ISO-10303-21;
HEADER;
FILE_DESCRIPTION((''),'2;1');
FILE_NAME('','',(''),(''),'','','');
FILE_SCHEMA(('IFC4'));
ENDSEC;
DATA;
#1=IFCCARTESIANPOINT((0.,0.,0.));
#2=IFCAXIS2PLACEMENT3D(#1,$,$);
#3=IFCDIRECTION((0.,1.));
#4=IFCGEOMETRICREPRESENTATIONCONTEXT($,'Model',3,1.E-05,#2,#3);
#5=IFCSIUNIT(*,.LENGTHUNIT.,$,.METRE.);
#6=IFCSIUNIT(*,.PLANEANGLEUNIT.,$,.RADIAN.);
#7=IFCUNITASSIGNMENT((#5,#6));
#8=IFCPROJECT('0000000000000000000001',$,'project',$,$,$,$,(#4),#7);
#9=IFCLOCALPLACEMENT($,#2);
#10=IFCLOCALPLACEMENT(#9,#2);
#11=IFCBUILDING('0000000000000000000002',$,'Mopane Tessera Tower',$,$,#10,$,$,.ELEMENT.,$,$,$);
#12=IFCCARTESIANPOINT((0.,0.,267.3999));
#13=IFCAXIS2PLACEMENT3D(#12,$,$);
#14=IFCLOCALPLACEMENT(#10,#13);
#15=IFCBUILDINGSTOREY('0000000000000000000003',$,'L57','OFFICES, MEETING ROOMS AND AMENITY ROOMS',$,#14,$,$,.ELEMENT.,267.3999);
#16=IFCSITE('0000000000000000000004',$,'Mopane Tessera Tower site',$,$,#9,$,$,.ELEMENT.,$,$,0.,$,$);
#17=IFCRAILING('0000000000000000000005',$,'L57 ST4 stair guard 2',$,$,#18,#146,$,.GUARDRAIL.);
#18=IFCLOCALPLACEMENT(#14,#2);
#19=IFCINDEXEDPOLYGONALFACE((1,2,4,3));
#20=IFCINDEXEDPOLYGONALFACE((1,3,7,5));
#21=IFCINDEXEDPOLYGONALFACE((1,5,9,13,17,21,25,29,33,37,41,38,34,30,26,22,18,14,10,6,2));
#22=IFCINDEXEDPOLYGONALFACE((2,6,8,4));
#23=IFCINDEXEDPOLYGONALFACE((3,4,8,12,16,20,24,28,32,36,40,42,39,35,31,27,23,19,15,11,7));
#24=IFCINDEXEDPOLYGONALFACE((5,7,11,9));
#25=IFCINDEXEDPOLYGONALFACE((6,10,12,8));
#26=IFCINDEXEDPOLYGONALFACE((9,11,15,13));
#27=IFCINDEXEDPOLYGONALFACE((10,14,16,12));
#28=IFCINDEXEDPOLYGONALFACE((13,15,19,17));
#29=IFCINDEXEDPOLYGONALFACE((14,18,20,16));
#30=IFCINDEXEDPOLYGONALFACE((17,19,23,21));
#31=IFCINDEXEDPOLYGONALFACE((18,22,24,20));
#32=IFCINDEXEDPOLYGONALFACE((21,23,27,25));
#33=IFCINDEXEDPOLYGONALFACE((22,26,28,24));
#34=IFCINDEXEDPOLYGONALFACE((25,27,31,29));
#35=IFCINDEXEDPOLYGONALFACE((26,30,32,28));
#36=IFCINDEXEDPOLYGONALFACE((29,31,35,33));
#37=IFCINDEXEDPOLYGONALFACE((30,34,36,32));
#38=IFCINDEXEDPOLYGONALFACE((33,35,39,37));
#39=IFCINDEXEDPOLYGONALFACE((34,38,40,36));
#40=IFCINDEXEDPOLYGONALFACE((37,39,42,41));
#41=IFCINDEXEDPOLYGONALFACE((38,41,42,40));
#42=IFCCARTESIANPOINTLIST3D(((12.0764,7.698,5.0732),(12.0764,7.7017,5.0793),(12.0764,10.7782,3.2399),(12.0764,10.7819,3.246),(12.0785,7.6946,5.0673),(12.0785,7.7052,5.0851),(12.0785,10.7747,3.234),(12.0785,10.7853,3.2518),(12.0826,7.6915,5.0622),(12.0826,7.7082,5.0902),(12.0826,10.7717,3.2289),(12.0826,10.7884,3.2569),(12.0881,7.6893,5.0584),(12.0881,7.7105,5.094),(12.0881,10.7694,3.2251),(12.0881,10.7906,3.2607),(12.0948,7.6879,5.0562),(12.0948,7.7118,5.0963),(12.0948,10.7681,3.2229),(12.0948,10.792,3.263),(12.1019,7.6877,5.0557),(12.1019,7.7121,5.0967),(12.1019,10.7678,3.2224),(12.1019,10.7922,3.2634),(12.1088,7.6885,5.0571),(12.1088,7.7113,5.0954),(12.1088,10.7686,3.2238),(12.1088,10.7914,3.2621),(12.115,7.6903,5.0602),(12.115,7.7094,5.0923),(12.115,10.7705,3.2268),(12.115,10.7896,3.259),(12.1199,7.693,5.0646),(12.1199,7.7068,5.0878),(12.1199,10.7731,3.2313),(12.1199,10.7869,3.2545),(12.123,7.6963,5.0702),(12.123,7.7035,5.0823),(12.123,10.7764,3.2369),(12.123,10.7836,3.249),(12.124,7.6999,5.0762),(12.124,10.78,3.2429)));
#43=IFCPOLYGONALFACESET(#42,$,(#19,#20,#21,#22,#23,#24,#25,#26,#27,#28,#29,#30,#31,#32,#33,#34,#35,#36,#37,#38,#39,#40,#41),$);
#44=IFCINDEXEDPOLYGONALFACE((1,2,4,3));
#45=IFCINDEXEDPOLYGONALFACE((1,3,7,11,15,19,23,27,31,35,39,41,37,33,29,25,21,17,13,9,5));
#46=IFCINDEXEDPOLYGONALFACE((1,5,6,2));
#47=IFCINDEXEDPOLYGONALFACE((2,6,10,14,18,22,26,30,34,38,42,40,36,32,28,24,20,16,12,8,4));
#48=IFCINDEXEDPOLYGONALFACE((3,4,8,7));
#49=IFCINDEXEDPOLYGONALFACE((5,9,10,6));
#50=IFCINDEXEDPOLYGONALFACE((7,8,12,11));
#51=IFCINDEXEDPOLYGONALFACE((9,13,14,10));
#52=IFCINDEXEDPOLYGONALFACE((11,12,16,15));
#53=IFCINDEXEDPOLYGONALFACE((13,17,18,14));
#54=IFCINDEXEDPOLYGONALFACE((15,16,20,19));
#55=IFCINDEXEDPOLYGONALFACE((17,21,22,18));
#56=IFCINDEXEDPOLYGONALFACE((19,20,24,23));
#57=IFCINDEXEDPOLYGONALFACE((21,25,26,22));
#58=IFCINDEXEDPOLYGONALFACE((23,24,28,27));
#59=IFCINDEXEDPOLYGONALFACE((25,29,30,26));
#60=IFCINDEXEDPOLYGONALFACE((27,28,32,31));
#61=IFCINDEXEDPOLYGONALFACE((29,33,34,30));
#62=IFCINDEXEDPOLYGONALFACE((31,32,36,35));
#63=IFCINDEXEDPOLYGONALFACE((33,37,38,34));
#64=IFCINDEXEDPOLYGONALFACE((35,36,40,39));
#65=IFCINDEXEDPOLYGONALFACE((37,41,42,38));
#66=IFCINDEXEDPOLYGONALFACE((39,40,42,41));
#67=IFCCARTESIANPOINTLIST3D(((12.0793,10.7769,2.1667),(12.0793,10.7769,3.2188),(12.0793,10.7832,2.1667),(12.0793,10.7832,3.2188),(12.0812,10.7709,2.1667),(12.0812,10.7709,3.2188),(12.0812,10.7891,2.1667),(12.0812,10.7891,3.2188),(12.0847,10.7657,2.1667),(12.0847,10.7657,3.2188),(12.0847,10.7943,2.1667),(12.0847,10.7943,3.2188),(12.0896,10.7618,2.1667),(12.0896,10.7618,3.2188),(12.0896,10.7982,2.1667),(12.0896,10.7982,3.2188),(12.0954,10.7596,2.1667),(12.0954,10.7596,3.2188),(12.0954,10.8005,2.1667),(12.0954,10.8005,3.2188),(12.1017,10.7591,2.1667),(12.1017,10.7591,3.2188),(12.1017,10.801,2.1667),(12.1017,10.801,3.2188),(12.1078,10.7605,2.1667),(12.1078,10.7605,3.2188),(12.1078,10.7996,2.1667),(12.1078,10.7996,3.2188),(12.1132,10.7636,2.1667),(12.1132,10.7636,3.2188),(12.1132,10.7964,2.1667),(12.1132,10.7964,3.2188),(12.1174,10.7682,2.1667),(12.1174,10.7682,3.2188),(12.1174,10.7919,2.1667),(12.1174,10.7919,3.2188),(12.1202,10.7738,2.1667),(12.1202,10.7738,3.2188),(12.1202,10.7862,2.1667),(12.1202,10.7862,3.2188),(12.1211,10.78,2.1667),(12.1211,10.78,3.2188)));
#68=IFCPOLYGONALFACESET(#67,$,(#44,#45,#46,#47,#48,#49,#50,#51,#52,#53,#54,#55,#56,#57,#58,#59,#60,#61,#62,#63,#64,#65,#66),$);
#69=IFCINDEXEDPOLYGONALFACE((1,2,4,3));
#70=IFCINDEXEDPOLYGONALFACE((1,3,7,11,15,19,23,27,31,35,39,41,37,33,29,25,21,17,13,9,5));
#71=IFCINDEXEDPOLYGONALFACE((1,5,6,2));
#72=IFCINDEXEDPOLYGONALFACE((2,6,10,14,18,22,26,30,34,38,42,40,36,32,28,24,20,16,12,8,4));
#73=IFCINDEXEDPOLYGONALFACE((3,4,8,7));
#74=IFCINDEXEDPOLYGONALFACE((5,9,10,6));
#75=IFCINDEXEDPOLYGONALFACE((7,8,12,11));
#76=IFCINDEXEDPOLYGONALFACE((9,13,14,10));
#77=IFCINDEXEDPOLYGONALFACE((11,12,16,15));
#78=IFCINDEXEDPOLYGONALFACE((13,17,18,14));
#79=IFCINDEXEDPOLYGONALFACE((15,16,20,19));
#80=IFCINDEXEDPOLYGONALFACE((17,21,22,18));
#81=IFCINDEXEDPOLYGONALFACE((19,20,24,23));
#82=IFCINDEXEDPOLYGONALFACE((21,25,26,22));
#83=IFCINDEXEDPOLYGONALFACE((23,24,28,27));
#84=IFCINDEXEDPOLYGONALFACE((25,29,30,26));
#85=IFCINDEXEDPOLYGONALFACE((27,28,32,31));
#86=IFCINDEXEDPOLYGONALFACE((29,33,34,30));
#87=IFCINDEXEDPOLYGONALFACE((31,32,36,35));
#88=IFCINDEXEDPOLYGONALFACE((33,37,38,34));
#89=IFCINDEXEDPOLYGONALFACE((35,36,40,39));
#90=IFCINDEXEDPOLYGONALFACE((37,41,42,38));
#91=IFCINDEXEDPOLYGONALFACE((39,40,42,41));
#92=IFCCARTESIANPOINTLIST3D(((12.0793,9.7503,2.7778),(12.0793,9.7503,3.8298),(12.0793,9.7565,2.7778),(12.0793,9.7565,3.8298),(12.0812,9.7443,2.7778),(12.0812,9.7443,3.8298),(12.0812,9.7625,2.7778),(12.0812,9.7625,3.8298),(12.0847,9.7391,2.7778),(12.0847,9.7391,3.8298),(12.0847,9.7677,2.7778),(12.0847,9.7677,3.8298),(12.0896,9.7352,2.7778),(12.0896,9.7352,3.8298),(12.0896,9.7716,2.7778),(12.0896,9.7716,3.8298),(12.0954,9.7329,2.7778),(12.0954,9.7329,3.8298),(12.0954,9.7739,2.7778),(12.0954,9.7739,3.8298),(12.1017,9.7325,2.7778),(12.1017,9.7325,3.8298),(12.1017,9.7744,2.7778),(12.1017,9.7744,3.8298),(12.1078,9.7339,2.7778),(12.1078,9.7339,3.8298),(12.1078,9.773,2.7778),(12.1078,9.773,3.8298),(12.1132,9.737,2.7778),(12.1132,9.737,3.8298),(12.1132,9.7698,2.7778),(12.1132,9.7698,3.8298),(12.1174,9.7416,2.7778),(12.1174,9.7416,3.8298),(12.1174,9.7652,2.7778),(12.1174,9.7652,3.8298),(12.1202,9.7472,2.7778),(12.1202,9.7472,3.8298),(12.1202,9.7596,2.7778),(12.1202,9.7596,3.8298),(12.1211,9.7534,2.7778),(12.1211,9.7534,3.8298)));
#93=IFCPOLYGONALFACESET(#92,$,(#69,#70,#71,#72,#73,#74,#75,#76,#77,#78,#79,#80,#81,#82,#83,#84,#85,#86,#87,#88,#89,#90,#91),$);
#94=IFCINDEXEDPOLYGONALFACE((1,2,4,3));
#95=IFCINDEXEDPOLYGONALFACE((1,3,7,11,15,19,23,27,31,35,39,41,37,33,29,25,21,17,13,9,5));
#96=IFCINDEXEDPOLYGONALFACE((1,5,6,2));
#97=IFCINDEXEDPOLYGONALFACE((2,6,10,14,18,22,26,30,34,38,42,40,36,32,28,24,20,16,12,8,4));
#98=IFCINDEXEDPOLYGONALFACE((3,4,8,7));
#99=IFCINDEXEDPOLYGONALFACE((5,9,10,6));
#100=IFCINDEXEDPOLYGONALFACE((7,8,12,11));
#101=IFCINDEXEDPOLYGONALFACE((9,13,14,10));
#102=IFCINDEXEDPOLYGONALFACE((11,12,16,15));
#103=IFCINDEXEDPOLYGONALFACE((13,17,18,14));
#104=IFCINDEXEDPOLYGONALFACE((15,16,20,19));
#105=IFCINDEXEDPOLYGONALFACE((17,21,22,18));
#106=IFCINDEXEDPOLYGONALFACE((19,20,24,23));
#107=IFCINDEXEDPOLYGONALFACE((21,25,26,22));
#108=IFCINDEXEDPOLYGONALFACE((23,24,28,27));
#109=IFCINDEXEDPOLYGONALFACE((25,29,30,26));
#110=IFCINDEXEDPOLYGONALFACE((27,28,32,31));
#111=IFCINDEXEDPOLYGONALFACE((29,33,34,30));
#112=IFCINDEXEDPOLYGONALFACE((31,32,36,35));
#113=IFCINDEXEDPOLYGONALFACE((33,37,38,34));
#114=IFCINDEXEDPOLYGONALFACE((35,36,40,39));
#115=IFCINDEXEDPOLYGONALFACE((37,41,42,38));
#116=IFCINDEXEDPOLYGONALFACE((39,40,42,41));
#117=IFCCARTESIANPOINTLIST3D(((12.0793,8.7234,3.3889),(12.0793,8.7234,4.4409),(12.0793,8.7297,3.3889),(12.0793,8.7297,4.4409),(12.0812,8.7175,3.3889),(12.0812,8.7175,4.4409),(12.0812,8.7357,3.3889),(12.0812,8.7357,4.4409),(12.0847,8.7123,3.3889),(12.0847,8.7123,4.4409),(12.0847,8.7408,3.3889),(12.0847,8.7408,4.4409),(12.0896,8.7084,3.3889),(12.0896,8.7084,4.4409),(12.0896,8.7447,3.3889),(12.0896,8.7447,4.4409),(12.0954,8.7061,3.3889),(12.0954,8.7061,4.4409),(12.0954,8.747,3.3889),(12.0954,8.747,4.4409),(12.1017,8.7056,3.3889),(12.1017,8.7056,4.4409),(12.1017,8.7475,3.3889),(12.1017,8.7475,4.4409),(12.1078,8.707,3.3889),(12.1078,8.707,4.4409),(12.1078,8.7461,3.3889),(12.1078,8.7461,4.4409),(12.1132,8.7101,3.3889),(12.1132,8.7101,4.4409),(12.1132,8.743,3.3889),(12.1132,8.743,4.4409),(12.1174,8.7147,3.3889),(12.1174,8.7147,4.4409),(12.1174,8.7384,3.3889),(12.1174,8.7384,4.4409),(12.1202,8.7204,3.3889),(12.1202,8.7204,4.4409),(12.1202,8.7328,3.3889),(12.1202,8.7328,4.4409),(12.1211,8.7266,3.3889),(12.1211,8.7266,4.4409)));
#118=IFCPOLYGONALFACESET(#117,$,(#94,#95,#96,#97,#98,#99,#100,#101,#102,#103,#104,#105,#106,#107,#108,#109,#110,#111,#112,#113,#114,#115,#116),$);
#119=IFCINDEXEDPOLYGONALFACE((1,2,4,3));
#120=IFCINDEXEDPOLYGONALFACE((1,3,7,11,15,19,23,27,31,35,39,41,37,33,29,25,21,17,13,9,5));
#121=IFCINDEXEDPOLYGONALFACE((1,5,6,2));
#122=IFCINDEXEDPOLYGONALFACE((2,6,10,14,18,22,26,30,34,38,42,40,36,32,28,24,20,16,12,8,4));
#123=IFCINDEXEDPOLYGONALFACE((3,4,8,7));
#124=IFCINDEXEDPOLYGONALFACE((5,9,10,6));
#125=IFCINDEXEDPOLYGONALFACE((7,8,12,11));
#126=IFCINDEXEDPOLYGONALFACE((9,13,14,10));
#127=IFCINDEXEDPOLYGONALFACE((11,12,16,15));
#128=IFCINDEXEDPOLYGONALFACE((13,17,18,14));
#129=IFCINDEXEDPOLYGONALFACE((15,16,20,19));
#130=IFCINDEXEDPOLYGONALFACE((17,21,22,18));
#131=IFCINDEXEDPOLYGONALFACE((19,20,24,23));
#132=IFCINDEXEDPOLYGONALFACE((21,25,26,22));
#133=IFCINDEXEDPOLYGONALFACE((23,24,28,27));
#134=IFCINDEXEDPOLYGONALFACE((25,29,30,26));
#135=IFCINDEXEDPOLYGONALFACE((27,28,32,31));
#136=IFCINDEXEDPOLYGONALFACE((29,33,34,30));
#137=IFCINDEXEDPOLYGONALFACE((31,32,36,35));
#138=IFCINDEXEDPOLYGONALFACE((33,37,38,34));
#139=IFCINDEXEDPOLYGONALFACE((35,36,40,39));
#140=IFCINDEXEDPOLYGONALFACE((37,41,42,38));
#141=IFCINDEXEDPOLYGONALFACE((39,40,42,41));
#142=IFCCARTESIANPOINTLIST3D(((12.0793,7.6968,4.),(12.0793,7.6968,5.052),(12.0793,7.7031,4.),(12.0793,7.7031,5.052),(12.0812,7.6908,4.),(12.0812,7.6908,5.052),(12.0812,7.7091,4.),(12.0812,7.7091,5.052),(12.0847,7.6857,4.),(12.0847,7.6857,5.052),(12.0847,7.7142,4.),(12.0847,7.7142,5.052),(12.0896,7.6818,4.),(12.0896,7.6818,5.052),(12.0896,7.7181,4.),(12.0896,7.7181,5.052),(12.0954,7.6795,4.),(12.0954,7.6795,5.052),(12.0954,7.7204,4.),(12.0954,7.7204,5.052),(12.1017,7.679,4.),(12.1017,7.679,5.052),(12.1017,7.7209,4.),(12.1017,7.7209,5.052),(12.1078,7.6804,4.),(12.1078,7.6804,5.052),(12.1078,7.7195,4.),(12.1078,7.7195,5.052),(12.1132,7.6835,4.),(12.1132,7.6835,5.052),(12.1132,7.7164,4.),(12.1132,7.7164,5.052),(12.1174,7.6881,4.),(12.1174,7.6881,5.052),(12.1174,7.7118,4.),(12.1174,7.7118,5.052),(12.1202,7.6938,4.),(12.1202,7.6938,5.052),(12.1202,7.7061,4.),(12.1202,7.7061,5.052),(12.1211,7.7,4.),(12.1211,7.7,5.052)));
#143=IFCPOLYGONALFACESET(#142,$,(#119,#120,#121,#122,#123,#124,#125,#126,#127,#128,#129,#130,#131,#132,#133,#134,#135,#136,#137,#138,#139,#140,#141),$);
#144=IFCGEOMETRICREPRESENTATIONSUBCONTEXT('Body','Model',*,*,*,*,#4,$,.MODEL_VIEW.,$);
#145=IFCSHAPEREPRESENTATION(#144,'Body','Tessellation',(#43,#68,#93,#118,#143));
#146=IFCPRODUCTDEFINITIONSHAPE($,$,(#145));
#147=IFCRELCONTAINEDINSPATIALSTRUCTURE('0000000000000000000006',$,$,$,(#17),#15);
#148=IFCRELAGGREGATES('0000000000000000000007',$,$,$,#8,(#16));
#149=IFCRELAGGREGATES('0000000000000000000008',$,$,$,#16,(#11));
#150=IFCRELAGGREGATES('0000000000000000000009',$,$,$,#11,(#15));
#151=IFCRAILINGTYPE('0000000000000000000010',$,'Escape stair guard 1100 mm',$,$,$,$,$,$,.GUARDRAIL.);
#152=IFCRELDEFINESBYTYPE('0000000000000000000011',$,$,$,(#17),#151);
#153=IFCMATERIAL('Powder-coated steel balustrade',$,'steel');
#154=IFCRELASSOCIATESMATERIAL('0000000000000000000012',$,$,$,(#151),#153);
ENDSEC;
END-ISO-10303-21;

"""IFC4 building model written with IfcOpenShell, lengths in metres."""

from ifc_helpers import new_model, si_unit, direction, frame, origin, origin_2d, place, context, subcontext, project, spatial, circle, extrude, material, type_object, element, save


model = new_model("IFC4")

# Units and contexts
model_context = context("Model", 3, precision=1e-05, world=origin(), true_north=direction((0.0, 1.0)))
body_context = subcontext(model_context, "Body", "Model", "MODEL_VIEW")
ifc_project = project(units=[si_unit("LENGTHUNIT", "METRE"), si_unit("PLANEANGLEUNIT", "RADIAN")], contexts=[model_context])

# Site, building, storey
site_placement = place(None, origin())
site = spatial("IfcSite", under=ifc_project, at=site_placement, Name="Mopane Tessera Tower site", CompositionType="ELEMENT", RefElevation=0.0)
building_placement = place(site_placement, origin())
building = spatial("IfcBuilding", under=site, at=building_placement, Name="Mopane Tessera Tower", CompositionType="ELEMENT")
storey_placement = place(building_placement, frame((0.0, 0.0, 267.3999)))
storey = spatial("IfcBuildingStorey", under=building, at=storey_placement, Name="L57", Description="OFFICES, MEETING ROOMS AND AMENITY ROOMS", CompositionType="ELEMENT", Elevation=267.3999)

# Railing
ifc_material_1 = material(Name="Powder-coated steel balustrade", Category="steel")
railing_type_1 = type_object("IfcRailingType", Name="Escape stair guard 1100 mm", PredefinedType="GUARDRAIL", material=ifc_material_1)
railing_1_placement = place(storey_placement, frame((12.1001, 10.78, 2.1667)))
element("IfcRailing", 1, at=railing_1_placement, inside=storey, type_object=railing_type_1, Name="L57 ST4 stair guard 2", PredefinedType="GUARDRAIL", context=body_context, shape_type="SweptSolid", body=[
    extrude(circle(Radius=0.0239, at=origin_2d()), frame((0.0, 0.0, 1.0762), z_axis=(0.0, -0.859309, 0.511458), x_axis=(1.0, 0.0, 0.0)), (0.0, 0.0, 1.0), 3.5845),
    extrude(circle(Radius=0.021, at=origin_2d()), origin(), (0.0, 0.0, 1.0), 1.052),
    extrude(circle(Radius=0.021, at=origin_2d()), frame((0.0, -1.0266, 0.6111)), (0.0, 0.0, 1.0), 1.052),
    extrude(circle(Radius=0.021, at=origin_2d()), frame((0.0, -2.0535, 1.2222)), (0.0, 0.0, 1.0), 1.052),
    extrude(circle(Radius=0.021, at=origin_2d()), frame((0.0, -3.0801, 1.8333)), (0.0, 0.0, 1.0), 1.052),
])

save(model, "model.ifc")
